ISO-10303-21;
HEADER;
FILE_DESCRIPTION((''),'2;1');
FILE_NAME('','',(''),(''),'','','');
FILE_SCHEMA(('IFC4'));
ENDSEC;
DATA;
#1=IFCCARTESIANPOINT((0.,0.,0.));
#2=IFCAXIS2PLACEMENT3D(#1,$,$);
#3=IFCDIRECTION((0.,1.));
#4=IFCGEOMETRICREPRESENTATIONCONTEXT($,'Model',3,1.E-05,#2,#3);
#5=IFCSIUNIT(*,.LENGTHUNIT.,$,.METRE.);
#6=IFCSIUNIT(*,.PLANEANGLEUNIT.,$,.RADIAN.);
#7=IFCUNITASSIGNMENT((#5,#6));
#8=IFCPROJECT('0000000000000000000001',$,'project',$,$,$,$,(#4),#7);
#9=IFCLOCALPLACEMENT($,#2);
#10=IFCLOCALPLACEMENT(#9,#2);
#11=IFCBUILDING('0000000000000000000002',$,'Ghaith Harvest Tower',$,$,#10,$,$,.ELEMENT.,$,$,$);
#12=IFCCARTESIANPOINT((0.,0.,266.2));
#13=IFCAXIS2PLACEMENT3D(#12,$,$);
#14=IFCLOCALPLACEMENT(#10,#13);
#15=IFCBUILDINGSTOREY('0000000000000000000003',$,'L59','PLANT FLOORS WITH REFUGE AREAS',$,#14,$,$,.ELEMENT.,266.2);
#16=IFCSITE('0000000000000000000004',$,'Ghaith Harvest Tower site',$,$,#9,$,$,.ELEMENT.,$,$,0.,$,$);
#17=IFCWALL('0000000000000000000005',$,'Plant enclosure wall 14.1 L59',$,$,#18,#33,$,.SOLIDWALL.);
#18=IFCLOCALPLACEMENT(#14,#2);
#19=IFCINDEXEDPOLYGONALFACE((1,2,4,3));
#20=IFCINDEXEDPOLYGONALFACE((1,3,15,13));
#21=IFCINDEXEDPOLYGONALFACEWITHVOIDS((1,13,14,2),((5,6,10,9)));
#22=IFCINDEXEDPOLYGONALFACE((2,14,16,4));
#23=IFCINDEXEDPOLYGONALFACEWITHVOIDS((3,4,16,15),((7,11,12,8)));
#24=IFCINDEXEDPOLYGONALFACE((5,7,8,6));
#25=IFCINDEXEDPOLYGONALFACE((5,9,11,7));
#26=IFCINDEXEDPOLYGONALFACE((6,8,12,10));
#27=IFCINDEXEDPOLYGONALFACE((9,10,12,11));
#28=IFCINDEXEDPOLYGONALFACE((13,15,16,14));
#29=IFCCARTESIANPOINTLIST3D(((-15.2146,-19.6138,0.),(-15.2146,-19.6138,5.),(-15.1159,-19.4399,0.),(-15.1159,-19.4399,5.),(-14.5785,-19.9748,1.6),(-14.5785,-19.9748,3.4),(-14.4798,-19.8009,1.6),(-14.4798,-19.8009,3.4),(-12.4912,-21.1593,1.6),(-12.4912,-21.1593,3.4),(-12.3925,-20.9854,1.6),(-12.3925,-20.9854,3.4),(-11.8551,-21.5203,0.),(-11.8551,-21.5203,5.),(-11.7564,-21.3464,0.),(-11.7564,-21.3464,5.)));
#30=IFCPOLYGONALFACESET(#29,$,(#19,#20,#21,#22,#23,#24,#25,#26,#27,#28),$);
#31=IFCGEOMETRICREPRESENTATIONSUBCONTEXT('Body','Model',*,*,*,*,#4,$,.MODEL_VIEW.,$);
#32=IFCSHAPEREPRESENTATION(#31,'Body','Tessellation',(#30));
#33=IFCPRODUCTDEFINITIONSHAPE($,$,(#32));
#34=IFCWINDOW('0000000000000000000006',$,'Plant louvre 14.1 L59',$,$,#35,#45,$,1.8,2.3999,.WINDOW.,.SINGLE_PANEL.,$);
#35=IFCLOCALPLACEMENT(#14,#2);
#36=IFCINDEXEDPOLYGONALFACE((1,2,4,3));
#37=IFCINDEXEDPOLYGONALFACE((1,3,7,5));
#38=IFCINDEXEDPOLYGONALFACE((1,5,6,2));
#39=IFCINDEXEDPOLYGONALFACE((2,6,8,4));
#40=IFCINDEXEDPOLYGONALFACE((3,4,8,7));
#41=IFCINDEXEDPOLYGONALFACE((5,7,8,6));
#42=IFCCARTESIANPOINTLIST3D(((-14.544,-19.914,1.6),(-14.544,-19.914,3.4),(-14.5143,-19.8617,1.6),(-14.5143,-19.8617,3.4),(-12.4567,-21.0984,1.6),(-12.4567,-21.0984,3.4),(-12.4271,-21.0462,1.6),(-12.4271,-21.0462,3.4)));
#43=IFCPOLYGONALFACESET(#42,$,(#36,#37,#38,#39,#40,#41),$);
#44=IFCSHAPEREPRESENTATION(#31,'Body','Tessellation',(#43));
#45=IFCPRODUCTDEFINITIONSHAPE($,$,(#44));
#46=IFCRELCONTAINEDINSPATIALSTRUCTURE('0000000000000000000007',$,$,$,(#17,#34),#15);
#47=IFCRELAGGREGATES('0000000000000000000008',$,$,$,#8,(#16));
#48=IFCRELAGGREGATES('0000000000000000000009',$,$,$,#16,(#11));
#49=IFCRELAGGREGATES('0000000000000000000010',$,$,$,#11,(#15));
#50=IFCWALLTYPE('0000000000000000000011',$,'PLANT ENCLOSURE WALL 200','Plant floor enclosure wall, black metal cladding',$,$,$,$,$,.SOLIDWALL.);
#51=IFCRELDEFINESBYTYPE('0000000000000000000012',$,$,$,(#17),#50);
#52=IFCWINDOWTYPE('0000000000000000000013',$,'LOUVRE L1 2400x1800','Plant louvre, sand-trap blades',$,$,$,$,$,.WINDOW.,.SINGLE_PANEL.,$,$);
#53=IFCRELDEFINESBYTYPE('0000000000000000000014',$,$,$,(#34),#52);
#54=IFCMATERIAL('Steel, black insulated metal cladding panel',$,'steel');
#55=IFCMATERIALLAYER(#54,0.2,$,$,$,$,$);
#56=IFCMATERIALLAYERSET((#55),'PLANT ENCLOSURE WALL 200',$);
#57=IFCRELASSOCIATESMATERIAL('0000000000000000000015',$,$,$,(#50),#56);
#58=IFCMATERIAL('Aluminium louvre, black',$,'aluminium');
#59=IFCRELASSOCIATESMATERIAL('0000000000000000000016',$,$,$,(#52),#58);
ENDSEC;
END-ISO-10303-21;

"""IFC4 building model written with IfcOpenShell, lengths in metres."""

from ifc_helpers import new_model, si_unit, direction, frame, frame_2d, origin, place, context, subcontext, project, spatial, rectangle, extrude, material, layer, layer_set, type_object, element, fill, save


model = new_model("IFC4")

# Units and contexts
model_context = context("Model", 3, precision=1e-05, world=origin(), true_north=direction((0.0, 1.0)))
body_context = subcontext(model_context, "Body", "Model", "MODEL_VIEW")
ifc_project = project(units=[si_unit("LENGTHUNIT", "METRE"), si_unit("PLANEANGLEUNIT", "RADIAN")], contexts=[model_context])

# Site, building, storey
site_placement = place(None, origin())
site = spatial("IfcSite", under=ifc_project, at=site_placement, Name="Ghaith Harvest Tower site", CompositionType="ELEMENT", RefElevation=0.0)
building_placement = place(site_placement, origin())
building = spatial("IfcBuilding", under=site, at=building_placement, Name="Ghaith Harvest Tower", CompositionType="ELEMENT")
storey_placement = place(building_placement, frame((0.0, 0.0, 266.2)))
storey = spatial("IfcBuildingStorey", under=building, at=storey_placement, Name="L59", Description="PLANT FLOORS WITH REFUGE AREAS", CompositionType="ELEMENT", Elevation=266.2)

# Wall, opening, window
ifc_material_1 = material(Name="Steel, black insulated metal cladding panel", Category="steel")
ifc_layer_1 = layer(ifc_material_1, 0.2)
ifc_layer_set_1 = layer_set([ifc_layer_1], Name="PLANT ENCLOSURE WALL 200")
wall_type_1 = type_object("IfcWallType", Name="PLANT ENCLOSURE WALL 200", Description="Plant floor enclosure wall, black metal cladding", PredefinedType="SOLIDWALL", material=ifc_layer_set_1)
ifc_material_2 = material(Name="Aluminium louvre, black", Category="aluminium")
window_type = type_object("IfcWindowType", Name="LOUVRE L1 2400x1800", Description="Plant louvre, sand-trap blades", PartitioningType="SINGLE_PANEL", PredefinedType="WINDOW", material=ifc_material_2)
wall_1_placement = place(storey_placement, frame((-15.1653, -19.5269, 0.0), z_axis=(0.0, 0.0, 1.0), x_axis=(0.869721, -0.493544, 0.0)))
wall_1 = element("IfcWall", 1, at=wall_1_placement, inside=storey, type_object=wall_type_1, Name="Plant enclosure wall 14.1 L59", PredefinedType="SOLIDWALL", context=body_context, shape_type="SweptSolid", body=[
    extrude(rectangle(XDim=3.8628, YDim=0.2, at=frame_2d((1.9314, 0.0))), origin(), (0.0, 0.0, 1.0), 5.0),
])
opening_1_placement = place(wall_1_placement, frame((0.7314, 0.0, 1.6001)))
opening_1 = element("IfcOpeningElement", 2, at=opening_1_placement, cuts=wall_1, PredefinedType="OPENING", context=body_context, shape_type="SweptSolid", body=[
    extrude(rectangle(XDim=2.3999, YDim=1.8, at=frame_2d((1.2, 0.8999))), frame((0.0, 0.1099, 0.0), z_axis=(0.0, -1.0, 0.0), x_axis=(1.0, 0.0, 0.0)), (0.0, 0.0, 1.0), 0.22),
])
window_1_placement = place(opening_1_placement, origin())
window_1 = element("IfcWindow", 3, at=window_1_placement, inside=storey, type_object=window_type, Name="Plant louvre 14.1 L59", OverallHeight=1.8, OverallWidth=2.3999, PartitioningType="SINGLE_PANEL", PredefinedType="WINDOW", context=body_context, shape_type="SweptSolid", body=[
    extrude(rectangle(XDim=2.3999, YDim=1.8, at=frame_2d((1.2, 0.8999))), frame((0.0, 0.03, 0.0), z_axis=(0.0, -1.0, 0.0), x_axis=(1.0, 0.0, 0.0)), (0.0, 0.0, 1.0), 0.0601),
])
fill(opening_1, window_1)

save(model, "model.ifc")
